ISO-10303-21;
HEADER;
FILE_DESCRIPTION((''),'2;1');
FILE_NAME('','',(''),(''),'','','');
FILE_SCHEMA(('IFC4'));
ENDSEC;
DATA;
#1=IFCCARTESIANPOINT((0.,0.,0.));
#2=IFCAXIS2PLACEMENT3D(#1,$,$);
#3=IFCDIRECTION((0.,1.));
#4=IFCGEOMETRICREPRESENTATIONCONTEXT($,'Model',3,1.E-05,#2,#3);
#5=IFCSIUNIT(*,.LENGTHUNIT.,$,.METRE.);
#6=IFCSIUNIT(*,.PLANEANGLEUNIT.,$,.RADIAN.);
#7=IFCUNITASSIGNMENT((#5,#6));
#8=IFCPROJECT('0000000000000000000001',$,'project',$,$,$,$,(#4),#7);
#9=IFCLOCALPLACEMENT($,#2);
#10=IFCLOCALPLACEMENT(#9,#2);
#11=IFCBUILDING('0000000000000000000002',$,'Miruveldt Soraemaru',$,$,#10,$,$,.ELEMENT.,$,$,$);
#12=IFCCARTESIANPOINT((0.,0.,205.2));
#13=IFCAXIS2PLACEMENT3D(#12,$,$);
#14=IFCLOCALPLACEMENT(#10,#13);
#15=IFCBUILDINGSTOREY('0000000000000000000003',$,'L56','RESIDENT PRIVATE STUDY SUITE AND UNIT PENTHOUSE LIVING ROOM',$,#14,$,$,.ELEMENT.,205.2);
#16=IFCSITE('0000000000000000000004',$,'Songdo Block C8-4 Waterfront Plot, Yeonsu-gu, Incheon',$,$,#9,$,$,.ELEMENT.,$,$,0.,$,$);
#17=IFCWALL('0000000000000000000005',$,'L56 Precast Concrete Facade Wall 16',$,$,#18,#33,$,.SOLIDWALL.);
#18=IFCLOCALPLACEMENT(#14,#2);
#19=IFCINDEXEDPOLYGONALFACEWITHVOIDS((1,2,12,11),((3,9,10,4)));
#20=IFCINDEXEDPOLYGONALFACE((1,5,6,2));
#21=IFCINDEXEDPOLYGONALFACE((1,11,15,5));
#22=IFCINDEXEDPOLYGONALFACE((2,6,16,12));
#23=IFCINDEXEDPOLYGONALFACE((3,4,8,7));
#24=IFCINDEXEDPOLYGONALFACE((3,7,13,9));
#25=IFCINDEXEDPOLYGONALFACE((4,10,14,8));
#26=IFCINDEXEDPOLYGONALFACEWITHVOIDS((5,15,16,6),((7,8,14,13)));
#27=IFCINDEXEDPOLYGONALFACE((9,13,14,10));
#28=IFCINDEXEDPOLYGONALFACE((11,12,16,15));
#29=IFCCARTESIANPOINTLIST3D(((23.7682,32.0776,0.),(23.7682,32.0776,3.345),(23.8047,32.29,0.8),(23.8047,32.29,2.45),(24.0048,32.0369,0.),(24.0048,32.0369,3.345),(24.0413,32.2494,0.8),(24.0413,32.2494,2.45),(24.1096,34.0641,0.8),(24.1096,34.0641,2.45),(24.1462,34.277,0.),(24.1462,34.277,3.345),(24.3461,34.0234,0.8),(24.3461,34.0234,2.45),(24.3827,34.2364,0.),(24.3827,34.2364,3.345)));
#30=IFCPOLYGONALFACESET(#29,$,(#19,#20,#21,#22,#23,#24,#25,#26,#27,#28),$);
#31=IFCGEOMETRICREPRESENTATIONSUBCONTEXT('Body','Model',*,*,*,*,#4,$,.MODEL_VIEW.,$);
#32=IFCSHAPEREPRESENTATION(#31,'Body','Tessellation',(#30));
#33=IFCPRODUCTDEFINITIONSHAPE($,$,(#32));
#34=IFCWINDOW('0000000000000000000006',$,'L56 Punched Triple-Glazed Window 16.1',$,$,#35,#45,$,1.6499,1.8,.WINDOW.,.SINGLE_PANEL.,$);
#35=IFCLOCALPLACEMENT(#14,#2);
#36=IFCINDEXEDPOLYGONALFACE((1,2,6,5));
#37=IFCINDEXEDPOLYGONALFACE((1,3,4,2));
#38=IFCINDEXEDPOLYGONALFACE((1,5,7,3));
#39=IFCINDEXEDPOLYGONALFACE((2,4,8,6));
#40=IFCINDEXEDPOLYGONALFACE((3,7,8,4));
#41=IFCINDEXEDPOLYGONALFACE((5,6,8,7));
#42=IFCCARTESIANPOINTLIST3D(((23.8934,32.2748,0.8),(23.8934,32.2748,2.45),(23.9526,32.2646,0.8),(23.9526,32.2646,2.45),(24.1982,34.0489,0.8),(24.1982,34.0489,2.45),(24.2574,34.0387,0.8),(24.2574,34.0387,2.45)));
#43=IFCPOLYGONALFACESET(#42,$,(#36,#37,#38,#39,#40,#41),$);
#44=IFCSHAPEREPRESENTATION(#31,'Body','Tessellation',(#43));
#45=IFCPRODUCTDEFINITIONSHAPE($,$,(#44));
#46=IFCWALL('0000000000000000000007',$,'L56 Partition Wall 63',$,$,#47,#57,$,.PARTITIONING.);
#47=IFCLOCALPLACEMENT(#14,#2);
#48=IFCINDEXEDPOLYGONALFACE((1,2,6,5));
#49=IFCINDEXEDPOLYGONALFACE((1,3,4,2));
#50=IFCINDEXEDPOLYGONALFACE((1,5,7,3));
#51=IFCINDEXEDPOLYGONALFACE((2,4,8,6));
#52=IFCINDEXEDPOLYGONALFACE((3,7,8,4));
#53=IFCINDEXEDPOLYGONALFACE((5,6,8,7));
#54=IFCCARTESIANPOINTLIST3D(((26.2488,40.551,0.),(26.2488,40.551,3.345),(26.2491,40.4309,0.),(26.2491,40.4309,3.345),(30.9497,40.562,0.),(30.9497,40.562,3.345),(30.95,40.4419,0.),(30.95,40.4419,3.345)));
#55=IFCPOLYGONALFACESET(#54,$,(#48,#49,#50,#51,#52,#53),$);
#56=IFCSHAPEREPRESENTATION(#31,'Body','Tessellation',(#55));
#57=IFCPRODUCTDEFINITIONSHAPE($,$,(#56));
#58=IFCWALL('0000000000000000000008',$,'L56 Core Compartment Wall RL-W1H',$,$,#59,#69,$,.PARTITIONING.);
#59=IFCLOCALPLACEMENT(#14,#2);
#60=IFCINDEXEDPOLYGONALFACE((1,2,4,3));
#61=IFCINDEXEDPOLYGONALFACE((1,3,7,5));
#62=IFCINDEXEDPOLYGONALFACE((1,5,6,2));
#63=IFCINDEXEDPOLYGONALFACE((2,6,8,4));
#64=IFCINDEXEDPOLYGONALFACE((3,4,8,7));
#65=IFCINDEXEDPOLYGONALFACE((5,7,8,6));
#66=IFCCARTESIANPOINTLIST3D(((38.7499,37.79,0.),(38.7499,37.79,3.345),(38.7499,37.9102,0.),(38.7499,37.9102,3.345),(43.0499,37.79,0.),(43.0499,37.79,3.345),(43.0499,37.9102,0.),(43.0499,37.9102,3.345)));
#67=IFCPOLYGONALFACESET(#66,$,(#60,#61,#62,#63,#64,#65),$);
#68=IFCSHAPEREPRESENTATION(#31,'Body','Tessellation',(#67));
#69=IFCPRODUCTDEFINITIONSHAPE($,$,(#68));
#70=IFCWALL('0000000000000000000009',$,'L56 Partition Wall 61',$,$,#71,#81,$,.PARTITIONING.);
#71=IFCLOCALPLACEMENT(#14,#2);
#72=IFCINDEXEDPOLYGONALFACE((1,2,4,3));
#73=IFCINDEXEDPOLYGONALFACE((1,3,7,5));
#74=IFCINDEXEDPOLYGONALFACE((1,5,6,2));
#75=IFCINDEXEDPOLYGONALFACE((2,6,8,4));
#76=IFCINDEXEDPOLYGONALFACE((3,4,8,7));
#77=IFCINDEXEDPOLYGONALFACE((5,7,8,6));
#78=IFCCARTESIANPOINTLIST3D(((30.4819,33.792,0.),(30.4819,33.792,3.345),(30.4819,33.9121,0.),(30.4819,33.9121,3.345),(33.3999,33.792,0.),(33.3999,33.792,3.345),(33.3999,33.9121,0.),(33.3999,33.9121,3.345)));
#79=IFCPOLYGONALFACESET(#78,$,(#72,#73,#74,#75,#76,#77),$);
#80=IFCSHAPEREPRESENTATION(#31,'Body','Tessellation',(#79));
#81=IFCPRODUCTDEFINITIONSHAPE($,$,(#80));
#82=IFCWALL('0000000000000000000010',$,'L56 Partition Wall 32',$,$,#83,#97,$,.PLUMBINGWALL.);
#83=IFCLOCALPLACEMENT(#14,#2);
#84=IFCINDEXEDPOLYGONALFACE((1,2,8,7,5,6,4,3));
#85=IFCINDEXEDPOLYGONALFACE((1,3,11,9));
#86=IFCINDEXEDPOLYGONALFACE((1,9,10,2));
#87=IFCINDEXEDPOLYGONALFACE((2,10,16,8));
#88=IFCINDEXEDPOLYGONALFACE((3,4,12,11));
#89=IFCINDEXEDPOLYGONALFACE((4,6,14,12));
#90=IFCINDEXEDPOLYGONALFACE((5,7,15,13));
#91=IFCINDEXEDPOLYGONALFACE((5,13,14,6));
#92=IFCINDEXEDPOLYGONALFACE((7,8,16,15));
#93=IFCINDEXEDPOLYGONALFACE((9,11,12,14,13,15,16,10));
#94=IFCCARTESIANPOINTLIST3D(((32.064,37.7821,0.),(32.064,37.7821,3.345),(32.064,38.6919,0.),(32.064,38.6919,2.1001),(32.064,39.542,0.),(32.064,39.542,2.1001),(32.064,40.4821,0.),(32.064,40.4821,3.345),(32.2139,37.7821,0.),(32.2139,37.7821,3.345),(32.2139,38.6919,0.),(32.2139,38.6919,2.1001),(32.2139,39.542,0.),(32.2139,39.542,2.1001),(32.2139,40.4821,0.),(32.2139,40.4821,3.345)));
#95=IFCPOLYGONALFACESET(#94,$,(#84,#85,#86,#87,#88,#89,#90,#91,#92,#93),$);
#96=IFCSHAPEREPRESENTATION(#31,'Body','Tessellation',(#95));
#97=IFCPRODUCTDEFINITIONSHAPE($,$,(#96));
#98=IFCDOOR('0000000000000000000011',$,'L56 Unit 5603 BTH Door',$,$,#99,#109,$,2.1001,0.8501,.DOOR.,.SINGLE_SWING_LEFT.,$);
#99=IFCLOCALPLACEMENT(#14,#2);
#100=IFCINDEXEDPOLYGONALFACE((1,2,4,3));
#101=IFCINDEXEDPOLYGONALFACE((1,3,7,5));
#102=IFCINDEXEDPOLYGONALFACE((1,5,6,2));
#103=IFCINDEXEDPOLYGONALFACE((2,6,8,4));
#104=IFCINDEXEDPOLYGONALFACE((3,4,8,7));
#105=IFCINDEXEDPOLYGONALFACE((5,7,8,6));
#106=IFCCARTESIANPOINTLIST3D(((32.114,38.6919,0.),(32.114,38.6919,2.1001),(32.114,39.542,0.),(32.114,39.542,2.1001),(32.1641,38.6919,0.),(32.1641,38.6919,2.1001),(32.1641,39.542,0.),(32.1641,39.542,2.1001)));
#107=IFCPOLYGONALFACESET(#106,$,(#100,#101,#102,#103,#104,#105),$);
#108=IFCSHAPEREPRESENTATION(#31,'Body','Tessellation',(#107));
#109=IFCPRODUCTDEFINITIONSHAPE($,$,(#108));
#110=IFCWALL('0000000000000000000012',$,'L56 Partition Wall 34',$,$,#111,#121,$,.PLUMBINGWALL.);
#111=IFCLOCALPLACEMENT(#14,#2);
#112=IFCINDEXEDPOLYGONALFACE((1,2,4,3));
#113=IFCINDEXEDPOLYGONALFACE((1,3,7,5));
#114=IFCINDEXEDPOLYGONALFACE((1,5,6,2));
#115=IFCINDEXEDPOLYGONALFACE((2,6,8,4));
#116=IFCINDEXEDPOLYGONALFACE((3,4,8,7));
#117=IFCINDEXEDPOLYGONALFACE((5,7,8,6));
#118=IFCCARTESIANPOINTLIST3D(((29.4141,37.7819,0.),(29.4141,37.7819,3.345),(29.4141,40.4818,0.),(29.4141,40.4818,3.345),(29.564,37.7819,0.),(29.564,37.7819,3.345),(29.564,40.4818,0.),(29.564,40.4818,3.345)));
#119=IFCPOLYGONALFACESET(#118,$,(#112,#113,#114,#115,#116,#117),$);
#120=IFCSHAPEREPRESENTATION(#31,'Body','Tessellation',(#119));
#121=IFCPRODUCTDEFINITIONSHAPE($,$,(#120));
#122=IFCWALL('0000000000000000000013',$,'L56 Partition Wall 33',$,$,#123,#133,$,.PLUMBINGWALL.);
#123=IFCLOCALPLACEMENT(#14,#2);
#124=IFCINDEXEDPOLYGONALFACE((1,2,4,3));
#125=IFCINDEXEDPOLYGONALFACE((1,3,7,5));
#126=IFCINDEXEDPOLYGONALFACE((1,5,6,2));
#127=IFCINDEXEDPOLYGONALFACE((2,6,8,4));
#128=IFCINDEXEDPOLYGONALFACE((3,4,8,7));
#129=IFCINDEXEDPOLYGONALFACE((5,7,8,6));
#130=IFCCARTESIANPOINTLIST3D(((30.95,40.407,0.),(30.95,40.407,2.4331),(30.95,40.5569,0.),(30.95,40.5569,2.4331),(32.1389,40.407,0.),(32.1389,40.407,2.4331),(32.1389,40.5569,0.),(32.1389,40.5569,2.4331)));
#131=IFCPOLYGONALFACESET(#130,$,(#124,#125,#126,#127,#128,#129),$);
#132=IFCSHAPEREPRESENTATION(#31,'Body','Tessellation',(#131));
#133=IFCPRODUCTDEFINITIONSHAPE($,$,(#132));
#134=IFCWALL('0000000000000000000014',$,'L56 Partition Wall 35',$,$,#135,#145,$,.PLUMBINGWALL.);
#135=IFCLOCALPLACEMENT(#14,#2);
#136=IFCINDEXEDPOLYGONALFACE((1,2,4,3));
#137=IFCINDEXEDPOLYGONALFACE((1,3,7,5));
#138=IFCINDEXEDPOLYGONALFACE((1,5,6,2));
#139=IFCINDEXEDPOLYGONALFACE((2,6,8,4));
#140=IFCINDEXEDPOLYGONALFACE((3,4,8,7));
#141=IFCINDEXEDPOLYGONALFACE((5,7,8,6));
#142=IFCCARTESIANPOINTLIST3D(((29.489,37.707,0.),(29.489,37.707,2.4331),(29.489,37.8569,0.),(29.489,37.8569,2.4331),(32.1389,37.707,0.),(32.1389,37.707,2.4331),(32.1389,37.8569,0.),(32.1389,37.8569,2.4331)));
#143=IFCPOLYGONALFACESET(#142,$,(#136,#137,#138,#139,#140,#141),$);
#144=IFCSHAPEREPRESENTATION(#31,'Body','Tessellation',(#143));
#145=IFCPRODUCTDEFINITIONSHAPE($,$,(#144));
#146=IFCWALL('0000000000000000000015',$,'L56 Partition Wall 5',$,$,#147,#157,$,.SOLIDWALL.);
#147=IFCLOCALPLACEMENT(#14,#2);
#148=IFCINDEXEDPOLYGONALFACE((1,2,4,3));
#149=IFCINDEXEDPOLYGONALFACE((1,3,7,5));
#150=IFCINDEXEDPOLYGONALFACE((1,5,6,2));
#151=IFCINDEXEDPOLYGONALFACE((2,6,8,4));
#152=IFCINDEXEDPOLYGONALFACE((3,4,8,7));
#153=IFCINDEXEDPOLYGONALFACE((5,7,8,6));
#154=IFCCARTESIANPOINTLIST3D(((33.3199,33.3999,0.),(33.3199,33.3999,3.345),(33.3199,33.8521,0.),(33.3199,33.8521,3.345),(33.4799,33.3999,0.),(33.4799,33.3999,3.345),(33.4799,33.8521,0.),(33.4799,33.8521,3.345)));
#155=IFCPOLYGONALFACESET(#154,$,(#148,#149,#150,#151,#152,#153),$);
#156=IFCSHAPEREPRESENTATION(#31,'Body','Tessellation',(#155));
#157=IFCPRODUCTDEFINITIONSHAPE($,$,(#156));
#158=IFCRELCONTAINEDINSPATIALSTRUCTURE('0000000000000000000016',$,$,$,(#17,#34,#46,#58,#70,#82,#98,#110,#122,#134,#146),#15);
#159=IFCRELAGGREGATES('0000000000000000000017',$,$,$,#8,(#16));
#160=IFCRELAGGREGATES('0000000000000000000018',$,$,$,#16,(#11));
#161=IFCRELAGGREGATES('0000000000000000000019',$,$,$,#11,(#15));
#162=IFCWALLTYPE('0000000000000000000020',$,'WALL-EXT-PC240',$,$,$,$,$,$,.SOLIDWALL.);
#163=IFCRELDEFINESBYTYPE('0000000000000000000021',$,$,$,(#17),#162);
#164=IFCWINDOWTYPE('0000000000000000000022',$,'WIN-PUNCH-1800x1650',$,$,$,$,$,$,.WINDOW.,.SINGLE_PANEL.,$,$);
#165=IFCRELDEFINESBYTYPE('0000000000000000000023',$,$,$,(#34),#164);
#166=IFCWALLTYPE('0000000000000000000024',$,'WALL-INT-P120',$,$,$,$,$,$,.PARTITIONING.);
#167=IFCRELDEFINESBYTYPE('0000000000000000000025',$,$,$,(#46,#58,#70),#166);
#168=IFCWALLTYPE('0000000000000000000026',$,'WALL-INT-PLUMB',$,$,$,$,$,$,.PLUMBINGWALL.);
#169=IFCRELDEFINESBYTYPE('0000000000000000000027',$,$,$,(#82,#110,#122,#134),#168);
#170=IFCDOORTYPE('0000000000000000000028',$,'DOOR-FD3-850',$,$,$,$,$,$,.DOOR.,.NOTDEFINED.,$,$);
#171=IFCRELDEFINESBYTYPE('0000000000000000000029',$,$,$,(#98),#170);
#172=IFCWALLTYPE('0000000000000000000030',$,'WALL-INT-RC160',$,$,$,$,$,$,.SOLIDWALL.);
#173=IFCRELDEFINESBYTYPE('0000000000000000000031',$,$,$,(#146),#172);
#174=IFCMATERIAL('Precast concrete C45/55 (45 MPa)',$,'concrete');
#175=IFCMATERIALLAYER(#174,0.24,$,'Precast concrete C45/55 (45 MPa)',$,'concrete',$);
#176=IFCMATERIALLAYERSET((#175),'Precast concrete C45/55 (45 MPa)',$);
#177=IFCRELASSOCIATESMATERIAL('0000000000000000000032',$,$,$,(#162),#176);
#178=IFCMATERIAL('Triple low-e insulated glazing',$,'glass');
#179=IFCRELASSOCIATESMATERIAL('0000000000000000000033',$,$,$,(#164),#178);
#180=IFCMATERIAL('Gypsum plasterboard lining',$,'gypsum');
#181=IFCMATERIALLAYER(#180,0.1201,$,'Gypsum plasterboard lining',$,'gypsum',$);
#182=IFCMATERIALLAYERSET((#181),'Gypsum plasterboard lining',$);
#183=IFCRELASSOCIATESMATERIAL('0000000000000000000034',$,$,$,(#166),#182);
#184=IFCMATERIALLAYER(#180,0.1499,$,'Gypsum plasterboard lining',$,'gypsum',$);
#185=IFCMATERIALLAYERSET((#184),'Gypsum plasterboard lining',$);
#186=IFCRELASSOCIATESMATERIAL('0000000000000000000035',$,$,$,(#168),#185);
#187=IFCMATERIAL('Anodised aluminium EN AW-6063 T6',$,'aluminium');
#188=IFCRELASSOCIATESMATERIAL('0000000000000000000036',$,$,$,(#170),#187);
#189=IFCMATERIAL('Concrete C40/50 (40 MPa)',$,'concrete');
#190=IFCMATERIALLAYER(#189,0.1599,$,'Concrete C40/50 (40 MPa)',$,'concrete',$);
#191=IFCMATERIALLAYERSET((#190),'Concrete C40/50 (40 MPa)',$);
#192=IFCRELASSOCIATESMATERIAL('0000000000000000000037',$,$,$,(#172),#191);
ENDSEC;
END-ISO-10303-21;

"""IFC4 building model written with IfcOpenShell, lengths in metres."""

from ifc_helpers import new_model, si_unit, direction, frame, frame_2d, origin, place, context, subcontext, project, spatial, rectangle, extrude, material, layer, layer_set, type_object, element, fill, save


model = new_model("IFC4")

# Units and contexts
model_context = context("Model", 3, precision=1e-05, world=origin(), true_north=direction((0.0, 1.0)))
body_context = subcontext(model_context, "Body", "Model", "MODEL_VIEW")
ifc_project = project(units=[si_unit("LENGTHUNIT", "METRE"), si_unit("PLANEANGLEUNIT", "RADIAN")], contexts=[model_context])

# Site, building, storey
site_placement = place(None, origin())
site = spatial("IfcSite", under=ifc_project, at=site_placement, Name="Songdo Block C8-4 Waterfront Plot, Yeonsu-gu, Incheon", CompositionType="ELEMENT", RefElevation=0.0)
building_placement = place(site_placement, origin())
building = spatial("IfcBuilding", under=site, at=building_placement, Name="Miruveldt Soraemaru", CompositionType="ELEMENT")
storey_placement = place(building_placement, frame((0.0, 0.0, 205.2)))
storey = spatial("IfcBuildingStorey", under=building, at=storey_placement, Name="L56", Description="RESIDENT PRIVATE STUDY SUITE AND UNIT PENTHOUSE LIVING ROOM", CompositionType="ELEMENT", Elevation=205.2)

# Shared definitions
ifc_material_1 = material(Name="Anodised aluminium EN AW-6063 T6", Category="aluminium")

# Wall, opening, window
ifc_material_2 = material(Name="Precast concrete C45/55 (45 MPa)", Category="concrete")
ifc_layer_1 = layer(ifc_material_2, 0.24, Name="Precast concrete C45/55 (45 MPa)", Category="concrete")
ifc_layer_set_1 = layer_set([ifc_layer_1], Name="Precast concrete C45/55 (45 MPa)")
wall_type_1 = type_object("IfcWallType", Name="WALL-EXT-PC240", PredefinedType="SOLIDWALL", material=ifc_layer_set_1)
ifc_material_3 = material(Name="Triple low-e insulated glazing", Category="glass")
wall_1_placement = place(storey_placement, frame((24.2644, 34.2566, 0.0), z_axis=(0.0, 0.0, 1.0), x_axis=(-0.169346, -0.985557, 0.0)))
wall_1 = element("IfcWall", 1, at=wall_1_placement, inside=storey, type_object=wall_type_1, Name="L56 Precast Concrete Facade Wall 16", PredefinedType="SOLIDWALL", context=body_context, shape_type="SweptSolid", body=[
    extrude(rectangle(XDim=2.2317, YDim=0.24, at=frame_2d((1.1157, 0.0))), origin(), (0.0, 0.0, 1.0), 3.345),
])
opening_1_placement = place(wall_1_placement, frame((0.2161, 0.0, 0.8)))
opening_1 = element("IfcOpeningElement", 2, at=opening_1_placement, cuts=wall_1, PredefinedType="OPENING", context=body_context, shape_type="SweptSolid", body=[
    extrude(rectangle(XDim=1.8, YDim=1.6499, at=frame_2d((0.8999, 0.825))), frame((0.0, 0.1299, 0.0), z_axis=(0.0, -1.0, 0.0), x_axis=(1.0, 0.0, 0.0)), (0.0, 0.0, 1.0), 0.26),
])
window_type_1 = type_object("IfcWindowType", Name="WIN-PUNCH-1800x1650", PartitioningType="SINGLE_PANEL", PredefinedType="WINDOW", material=ifc_material_3)
window_1_placement = place(opening_1_placement, origin())
window_1 = element("IfcWindow", 3, at=window_1_placement, inside=storey, type_object=window_type_1, Name="L56 Punched Triple-Glazed Window 16.1", OverallHeight=1.6499, OverallWidth=1.8, PartitioningType="SINGLE_PANEL", PredefinedType="WINDOW", context=body_context, shape_type="SweptSolid", body=[
    extrude(rectangle(XDim=1.8, YDim=1.6499, at=frame_2d((0.8999, 0.825))), frame((0.0, 0.03, 0.0), z_axis=(0.0, -1.0, 0.0), x_axis=(1.0, 0.0, 0.0)), (0.0, 0.0, 1.0), 0.0601),
])
fill(opening_1, window_1)

# Walls
ifc_material_4 = material(Name="Gypsum plasterboard lining", Category="gypsum")
ifc_layer_2 = layer(ifc_material_4, 0.1201, Name="Gypsum plasterboard lining", Category="gypsum")
ifc_layer_set_2 = layer_set([ifc_layer_2], Name="Gypsum plasterboard lining")
wall_type_2 = type_object("IfcWallType", Name="WALL-INT-P120", PredefinedType="PARTITIONING", material=ifc_layer_set_2)
wall_2_placement = place(storey_placement, frame((30.95, 40.502, 0.0), z_axis=(0.0, 0.0, 1.0), x_axis=(-0.999997, -0.002337, 0.0)))
element("IfcWall", 4, at=wall_2_placement, inside=storey, type_object=wall_type_2, Name="L56 Partition Wall 63", PredefinedType="PARTITIONING", context=body_context, shape_type="SweptSolid", body=[
    extrude(rectangle(XDim=4.7009, YDim=0.1201, at=frame_2d((2.3506, 0.0))), origin(), (0.0, 0.0, 1.0), 3.345),
])
wall_3_placement = place(storey_placement, frame((38.75, 37.8501, 0.0), z_axis=(0.0, 0.0, 1.0), x_axis=(1.0, 0.0, 0.0)))
element("IfcWall", 5, at=wall_3_placement, inside=storey, type_object=wall_type_2, Name="L56 Core Compartment Wall RL-W1H", PredefinedType="PARTITIONING", context=body_context, shape_type="SweptSolid", body=[
    extrude(rectangle(XDim=4.3, YDim=0.1201, at=frame_2d((2.1499, 0.0))), origin(), (0.0, 0.0, 1.0), 3.345),
])
wall_4_placement = place(storey_placement, frame((30.4819, 33.8521, 0.0), z_axis=(0.0, 0.0, 1.0), x_axis=(1.0, 0.0, 0.0)))
element("IfcWall", 6, at=wall_4_placement, inside=storey, type_object=wall_type_2, Name="L56 Partition Wall 61", PredefinedType="PARTITIONING", context=body_context, shape_type="SweptSolid", body=[
    extrude(rectangle(XDim=2.918, YDim=0.1201, at=frame_2d((1.459, 0.0))), origin(), (0.0, 0.0, 1.0), 3.345),
])

# Wall, opening, door
ifc_layer_3 = layer(ifc_material_4, 0.1499, Name="Gypsum plasterboard lining", Category="gypsum")
ifc_layer_set_3 = layer_set([ifc_layer_3], Name="Gypsum plasterboard lining")
wall_type_3 = type_object("IfcWallType", Name="WALL-INT-PLUMB", PredefinedType="PLUMBINGWALL", material=ifc_layer_set_3)
wall_5_placement = place(storey_placement, frame((32.1389, 37.782, 0.0), z_axis=(0.0, 0.0, 1.0), x_axis=(0.0, 1.0, 0.0)))
wall_5 = element("IfcWall", 7, at=wall_5_placement, inside=storey, type_object=wall_type_3, Name="L56 Partition Wall 32", PredefinedType="PLUMBINGWALL", context=body_context, shape_type="SweptSolid", body=[
    extrude(rectangle(XDim=2.7, YDim=0.1499, at=frame_2d((1.3501, 0.0))), origin(), (0.0, 0.0, 1.0), 3.345),
])
opening_2_placement = place(wall_5_placement, frame((0.9099, 0.0, 0.0)))
opening_2 = element("IfcOpeningElement", 8, at=opening_2_placement, cuts=wall_5, PredefinedType="OPENING", context=body_context, shape_type="SweptSolid", body=[
    extrude(rectangle(XDim=0.8501, YDim=2.1001, at=frame_2d((0.425, 1.05))), frame((0.0, 0.085, 0.0), z_axis=(0.0, -1.0, 0.0), x_axis=(1.0, 0.0, 0.0)), (0.0, 0.0, 1.0), 0.1699),
])
door_type_1 = type_object("IfcDoorType", Name="DOOR-FD3-850", OperationType="NOTDEFINED", PredefinedType="DOOR", material=ifc_material_1)
door_1_placement = place(opening_2_placement, origin())
door_1 = element("IfcDoor", 9, at=door_1_placement, inside=storey, type_object=door_type_1, Name="L56 Unit 5603 BTH Door", OperationType="SINGLE_SWING_LEFT", OverallHeight=2.1001, OverallWidth=0.8501, PredefinedType="DOOR", context=body_context, shape_type="SweptSolid", body=[
    extrude(rectangle(XDim=0.8501, YDim=2.1001, at=frame_2d((0.425, 1.05))), frame((0.0, 0.0249, 0.0), z_axis=(0.0, -1.0, 0.0), x_axis=(1.0, 0.0, 0.0)), (0.0, 0.0, 1.0), 0.05),
])
fill(opening_2, door_1)

# Walls
wall_6_placement = place(storey_placement, frame((29.489, 40.4819, 0.0), z_axis=(0.0, 0.0, 1.0), x_axis=(0.0, -1.0, 0.0)))
element("IfcWall", 10, at=wall_6_placement, inside=storey, type_object=wall_type_3, Name="L56 Partition Wall 34", PredefinedType="PLUMBINGWALL", context=body_context, shape_type="SweptSolid", body=[
    extrude(rectangle(XDim=2.7, YDim=0.1499, at=frame_2d((1.3501, 0.0))), origin(), (0.0, 0.0, 1.0), 3.345),
])
wall_7_placement = place(storey_placement, frame((32.1389, 40.4819, 0.0), z_axis=(0.0, 0.0, 1.0), x_axis=(-1.0, 0.0, 0.0)))
element("IfcWall", 11, at=wall_7_placement, inside=storey, type_object=wall_type_3, Name="L56 Partition Wall 33", PredefinedType="PLUMBINGWALL", context=body_context, shape_type="SweptSolid", body=[
    extrude(rectangle(XDim=1.189, YDim=0.1499, at=frame_2d((0.5945, 0.0))), origin(), (0.0, 0.0, 1.0), 2.4331),
])
wall_8_placement = place(storey_placement, frame((29.489, 37.782, 0.0), z_axis=(0.0, 0.0, 1.0), x_axis=(1.0, 0.0, 0.0)))
element("IfcWall", 12, at=wall_8_placement, inside=storey, type_object=wall_type_3, Name="L56 Partition Wall 35", PredefinedType="PLUMBINGWALL", context=body_context, shape_type="SweptSolid", body=[
    extrude(rectangle(XDim=2.6499, YDim=0.1499, at=frame_2d((1.325, 0.0))), origin(), (0.0, 0.0, 1.0), 2.4331),
])
ifc_material_5 = material(Name="Concrete C40/50 (40 MPa)", Category="concrete")
ifc_layer_4 = layer(ifc_material_5, 0.1599, Name="Concrete C40/50 (40 MPa)", Category="concrete")
ifc_layer_set_4 = layer_set([ifc_layer_4], Name="Concrete C40/50 (40 MPa)")
wall_type_4 = type_object("IfcWallType", Name="WALL-INT-RC160", PredefinedType="SOLIDWALL", material=ifc_layer_set_4)
wall_9_placement = place(storey_placement, frame((33.3999, 33.8521, 0.0), z_axis=(0.0, 0.0, 1.0), x_axis=(0.0, -1.0, 0.0)))
element("IfcWall", 13, at=wall_9_placement, inside=storey, type_object=wall_type_4, Name="L56 Partition Wall 5", PredefinedType="SOLIDWALL", context=body_context, shape_type="SweptSolid", body=[
    extrude(rectangle(XDim=0.4521, YDim=0.1599, at=frame_2d((0.2261, 0.0))), origin(), (0.0, 0.0, 1.0), 3.345),
])

save(model, "model.ifc")
